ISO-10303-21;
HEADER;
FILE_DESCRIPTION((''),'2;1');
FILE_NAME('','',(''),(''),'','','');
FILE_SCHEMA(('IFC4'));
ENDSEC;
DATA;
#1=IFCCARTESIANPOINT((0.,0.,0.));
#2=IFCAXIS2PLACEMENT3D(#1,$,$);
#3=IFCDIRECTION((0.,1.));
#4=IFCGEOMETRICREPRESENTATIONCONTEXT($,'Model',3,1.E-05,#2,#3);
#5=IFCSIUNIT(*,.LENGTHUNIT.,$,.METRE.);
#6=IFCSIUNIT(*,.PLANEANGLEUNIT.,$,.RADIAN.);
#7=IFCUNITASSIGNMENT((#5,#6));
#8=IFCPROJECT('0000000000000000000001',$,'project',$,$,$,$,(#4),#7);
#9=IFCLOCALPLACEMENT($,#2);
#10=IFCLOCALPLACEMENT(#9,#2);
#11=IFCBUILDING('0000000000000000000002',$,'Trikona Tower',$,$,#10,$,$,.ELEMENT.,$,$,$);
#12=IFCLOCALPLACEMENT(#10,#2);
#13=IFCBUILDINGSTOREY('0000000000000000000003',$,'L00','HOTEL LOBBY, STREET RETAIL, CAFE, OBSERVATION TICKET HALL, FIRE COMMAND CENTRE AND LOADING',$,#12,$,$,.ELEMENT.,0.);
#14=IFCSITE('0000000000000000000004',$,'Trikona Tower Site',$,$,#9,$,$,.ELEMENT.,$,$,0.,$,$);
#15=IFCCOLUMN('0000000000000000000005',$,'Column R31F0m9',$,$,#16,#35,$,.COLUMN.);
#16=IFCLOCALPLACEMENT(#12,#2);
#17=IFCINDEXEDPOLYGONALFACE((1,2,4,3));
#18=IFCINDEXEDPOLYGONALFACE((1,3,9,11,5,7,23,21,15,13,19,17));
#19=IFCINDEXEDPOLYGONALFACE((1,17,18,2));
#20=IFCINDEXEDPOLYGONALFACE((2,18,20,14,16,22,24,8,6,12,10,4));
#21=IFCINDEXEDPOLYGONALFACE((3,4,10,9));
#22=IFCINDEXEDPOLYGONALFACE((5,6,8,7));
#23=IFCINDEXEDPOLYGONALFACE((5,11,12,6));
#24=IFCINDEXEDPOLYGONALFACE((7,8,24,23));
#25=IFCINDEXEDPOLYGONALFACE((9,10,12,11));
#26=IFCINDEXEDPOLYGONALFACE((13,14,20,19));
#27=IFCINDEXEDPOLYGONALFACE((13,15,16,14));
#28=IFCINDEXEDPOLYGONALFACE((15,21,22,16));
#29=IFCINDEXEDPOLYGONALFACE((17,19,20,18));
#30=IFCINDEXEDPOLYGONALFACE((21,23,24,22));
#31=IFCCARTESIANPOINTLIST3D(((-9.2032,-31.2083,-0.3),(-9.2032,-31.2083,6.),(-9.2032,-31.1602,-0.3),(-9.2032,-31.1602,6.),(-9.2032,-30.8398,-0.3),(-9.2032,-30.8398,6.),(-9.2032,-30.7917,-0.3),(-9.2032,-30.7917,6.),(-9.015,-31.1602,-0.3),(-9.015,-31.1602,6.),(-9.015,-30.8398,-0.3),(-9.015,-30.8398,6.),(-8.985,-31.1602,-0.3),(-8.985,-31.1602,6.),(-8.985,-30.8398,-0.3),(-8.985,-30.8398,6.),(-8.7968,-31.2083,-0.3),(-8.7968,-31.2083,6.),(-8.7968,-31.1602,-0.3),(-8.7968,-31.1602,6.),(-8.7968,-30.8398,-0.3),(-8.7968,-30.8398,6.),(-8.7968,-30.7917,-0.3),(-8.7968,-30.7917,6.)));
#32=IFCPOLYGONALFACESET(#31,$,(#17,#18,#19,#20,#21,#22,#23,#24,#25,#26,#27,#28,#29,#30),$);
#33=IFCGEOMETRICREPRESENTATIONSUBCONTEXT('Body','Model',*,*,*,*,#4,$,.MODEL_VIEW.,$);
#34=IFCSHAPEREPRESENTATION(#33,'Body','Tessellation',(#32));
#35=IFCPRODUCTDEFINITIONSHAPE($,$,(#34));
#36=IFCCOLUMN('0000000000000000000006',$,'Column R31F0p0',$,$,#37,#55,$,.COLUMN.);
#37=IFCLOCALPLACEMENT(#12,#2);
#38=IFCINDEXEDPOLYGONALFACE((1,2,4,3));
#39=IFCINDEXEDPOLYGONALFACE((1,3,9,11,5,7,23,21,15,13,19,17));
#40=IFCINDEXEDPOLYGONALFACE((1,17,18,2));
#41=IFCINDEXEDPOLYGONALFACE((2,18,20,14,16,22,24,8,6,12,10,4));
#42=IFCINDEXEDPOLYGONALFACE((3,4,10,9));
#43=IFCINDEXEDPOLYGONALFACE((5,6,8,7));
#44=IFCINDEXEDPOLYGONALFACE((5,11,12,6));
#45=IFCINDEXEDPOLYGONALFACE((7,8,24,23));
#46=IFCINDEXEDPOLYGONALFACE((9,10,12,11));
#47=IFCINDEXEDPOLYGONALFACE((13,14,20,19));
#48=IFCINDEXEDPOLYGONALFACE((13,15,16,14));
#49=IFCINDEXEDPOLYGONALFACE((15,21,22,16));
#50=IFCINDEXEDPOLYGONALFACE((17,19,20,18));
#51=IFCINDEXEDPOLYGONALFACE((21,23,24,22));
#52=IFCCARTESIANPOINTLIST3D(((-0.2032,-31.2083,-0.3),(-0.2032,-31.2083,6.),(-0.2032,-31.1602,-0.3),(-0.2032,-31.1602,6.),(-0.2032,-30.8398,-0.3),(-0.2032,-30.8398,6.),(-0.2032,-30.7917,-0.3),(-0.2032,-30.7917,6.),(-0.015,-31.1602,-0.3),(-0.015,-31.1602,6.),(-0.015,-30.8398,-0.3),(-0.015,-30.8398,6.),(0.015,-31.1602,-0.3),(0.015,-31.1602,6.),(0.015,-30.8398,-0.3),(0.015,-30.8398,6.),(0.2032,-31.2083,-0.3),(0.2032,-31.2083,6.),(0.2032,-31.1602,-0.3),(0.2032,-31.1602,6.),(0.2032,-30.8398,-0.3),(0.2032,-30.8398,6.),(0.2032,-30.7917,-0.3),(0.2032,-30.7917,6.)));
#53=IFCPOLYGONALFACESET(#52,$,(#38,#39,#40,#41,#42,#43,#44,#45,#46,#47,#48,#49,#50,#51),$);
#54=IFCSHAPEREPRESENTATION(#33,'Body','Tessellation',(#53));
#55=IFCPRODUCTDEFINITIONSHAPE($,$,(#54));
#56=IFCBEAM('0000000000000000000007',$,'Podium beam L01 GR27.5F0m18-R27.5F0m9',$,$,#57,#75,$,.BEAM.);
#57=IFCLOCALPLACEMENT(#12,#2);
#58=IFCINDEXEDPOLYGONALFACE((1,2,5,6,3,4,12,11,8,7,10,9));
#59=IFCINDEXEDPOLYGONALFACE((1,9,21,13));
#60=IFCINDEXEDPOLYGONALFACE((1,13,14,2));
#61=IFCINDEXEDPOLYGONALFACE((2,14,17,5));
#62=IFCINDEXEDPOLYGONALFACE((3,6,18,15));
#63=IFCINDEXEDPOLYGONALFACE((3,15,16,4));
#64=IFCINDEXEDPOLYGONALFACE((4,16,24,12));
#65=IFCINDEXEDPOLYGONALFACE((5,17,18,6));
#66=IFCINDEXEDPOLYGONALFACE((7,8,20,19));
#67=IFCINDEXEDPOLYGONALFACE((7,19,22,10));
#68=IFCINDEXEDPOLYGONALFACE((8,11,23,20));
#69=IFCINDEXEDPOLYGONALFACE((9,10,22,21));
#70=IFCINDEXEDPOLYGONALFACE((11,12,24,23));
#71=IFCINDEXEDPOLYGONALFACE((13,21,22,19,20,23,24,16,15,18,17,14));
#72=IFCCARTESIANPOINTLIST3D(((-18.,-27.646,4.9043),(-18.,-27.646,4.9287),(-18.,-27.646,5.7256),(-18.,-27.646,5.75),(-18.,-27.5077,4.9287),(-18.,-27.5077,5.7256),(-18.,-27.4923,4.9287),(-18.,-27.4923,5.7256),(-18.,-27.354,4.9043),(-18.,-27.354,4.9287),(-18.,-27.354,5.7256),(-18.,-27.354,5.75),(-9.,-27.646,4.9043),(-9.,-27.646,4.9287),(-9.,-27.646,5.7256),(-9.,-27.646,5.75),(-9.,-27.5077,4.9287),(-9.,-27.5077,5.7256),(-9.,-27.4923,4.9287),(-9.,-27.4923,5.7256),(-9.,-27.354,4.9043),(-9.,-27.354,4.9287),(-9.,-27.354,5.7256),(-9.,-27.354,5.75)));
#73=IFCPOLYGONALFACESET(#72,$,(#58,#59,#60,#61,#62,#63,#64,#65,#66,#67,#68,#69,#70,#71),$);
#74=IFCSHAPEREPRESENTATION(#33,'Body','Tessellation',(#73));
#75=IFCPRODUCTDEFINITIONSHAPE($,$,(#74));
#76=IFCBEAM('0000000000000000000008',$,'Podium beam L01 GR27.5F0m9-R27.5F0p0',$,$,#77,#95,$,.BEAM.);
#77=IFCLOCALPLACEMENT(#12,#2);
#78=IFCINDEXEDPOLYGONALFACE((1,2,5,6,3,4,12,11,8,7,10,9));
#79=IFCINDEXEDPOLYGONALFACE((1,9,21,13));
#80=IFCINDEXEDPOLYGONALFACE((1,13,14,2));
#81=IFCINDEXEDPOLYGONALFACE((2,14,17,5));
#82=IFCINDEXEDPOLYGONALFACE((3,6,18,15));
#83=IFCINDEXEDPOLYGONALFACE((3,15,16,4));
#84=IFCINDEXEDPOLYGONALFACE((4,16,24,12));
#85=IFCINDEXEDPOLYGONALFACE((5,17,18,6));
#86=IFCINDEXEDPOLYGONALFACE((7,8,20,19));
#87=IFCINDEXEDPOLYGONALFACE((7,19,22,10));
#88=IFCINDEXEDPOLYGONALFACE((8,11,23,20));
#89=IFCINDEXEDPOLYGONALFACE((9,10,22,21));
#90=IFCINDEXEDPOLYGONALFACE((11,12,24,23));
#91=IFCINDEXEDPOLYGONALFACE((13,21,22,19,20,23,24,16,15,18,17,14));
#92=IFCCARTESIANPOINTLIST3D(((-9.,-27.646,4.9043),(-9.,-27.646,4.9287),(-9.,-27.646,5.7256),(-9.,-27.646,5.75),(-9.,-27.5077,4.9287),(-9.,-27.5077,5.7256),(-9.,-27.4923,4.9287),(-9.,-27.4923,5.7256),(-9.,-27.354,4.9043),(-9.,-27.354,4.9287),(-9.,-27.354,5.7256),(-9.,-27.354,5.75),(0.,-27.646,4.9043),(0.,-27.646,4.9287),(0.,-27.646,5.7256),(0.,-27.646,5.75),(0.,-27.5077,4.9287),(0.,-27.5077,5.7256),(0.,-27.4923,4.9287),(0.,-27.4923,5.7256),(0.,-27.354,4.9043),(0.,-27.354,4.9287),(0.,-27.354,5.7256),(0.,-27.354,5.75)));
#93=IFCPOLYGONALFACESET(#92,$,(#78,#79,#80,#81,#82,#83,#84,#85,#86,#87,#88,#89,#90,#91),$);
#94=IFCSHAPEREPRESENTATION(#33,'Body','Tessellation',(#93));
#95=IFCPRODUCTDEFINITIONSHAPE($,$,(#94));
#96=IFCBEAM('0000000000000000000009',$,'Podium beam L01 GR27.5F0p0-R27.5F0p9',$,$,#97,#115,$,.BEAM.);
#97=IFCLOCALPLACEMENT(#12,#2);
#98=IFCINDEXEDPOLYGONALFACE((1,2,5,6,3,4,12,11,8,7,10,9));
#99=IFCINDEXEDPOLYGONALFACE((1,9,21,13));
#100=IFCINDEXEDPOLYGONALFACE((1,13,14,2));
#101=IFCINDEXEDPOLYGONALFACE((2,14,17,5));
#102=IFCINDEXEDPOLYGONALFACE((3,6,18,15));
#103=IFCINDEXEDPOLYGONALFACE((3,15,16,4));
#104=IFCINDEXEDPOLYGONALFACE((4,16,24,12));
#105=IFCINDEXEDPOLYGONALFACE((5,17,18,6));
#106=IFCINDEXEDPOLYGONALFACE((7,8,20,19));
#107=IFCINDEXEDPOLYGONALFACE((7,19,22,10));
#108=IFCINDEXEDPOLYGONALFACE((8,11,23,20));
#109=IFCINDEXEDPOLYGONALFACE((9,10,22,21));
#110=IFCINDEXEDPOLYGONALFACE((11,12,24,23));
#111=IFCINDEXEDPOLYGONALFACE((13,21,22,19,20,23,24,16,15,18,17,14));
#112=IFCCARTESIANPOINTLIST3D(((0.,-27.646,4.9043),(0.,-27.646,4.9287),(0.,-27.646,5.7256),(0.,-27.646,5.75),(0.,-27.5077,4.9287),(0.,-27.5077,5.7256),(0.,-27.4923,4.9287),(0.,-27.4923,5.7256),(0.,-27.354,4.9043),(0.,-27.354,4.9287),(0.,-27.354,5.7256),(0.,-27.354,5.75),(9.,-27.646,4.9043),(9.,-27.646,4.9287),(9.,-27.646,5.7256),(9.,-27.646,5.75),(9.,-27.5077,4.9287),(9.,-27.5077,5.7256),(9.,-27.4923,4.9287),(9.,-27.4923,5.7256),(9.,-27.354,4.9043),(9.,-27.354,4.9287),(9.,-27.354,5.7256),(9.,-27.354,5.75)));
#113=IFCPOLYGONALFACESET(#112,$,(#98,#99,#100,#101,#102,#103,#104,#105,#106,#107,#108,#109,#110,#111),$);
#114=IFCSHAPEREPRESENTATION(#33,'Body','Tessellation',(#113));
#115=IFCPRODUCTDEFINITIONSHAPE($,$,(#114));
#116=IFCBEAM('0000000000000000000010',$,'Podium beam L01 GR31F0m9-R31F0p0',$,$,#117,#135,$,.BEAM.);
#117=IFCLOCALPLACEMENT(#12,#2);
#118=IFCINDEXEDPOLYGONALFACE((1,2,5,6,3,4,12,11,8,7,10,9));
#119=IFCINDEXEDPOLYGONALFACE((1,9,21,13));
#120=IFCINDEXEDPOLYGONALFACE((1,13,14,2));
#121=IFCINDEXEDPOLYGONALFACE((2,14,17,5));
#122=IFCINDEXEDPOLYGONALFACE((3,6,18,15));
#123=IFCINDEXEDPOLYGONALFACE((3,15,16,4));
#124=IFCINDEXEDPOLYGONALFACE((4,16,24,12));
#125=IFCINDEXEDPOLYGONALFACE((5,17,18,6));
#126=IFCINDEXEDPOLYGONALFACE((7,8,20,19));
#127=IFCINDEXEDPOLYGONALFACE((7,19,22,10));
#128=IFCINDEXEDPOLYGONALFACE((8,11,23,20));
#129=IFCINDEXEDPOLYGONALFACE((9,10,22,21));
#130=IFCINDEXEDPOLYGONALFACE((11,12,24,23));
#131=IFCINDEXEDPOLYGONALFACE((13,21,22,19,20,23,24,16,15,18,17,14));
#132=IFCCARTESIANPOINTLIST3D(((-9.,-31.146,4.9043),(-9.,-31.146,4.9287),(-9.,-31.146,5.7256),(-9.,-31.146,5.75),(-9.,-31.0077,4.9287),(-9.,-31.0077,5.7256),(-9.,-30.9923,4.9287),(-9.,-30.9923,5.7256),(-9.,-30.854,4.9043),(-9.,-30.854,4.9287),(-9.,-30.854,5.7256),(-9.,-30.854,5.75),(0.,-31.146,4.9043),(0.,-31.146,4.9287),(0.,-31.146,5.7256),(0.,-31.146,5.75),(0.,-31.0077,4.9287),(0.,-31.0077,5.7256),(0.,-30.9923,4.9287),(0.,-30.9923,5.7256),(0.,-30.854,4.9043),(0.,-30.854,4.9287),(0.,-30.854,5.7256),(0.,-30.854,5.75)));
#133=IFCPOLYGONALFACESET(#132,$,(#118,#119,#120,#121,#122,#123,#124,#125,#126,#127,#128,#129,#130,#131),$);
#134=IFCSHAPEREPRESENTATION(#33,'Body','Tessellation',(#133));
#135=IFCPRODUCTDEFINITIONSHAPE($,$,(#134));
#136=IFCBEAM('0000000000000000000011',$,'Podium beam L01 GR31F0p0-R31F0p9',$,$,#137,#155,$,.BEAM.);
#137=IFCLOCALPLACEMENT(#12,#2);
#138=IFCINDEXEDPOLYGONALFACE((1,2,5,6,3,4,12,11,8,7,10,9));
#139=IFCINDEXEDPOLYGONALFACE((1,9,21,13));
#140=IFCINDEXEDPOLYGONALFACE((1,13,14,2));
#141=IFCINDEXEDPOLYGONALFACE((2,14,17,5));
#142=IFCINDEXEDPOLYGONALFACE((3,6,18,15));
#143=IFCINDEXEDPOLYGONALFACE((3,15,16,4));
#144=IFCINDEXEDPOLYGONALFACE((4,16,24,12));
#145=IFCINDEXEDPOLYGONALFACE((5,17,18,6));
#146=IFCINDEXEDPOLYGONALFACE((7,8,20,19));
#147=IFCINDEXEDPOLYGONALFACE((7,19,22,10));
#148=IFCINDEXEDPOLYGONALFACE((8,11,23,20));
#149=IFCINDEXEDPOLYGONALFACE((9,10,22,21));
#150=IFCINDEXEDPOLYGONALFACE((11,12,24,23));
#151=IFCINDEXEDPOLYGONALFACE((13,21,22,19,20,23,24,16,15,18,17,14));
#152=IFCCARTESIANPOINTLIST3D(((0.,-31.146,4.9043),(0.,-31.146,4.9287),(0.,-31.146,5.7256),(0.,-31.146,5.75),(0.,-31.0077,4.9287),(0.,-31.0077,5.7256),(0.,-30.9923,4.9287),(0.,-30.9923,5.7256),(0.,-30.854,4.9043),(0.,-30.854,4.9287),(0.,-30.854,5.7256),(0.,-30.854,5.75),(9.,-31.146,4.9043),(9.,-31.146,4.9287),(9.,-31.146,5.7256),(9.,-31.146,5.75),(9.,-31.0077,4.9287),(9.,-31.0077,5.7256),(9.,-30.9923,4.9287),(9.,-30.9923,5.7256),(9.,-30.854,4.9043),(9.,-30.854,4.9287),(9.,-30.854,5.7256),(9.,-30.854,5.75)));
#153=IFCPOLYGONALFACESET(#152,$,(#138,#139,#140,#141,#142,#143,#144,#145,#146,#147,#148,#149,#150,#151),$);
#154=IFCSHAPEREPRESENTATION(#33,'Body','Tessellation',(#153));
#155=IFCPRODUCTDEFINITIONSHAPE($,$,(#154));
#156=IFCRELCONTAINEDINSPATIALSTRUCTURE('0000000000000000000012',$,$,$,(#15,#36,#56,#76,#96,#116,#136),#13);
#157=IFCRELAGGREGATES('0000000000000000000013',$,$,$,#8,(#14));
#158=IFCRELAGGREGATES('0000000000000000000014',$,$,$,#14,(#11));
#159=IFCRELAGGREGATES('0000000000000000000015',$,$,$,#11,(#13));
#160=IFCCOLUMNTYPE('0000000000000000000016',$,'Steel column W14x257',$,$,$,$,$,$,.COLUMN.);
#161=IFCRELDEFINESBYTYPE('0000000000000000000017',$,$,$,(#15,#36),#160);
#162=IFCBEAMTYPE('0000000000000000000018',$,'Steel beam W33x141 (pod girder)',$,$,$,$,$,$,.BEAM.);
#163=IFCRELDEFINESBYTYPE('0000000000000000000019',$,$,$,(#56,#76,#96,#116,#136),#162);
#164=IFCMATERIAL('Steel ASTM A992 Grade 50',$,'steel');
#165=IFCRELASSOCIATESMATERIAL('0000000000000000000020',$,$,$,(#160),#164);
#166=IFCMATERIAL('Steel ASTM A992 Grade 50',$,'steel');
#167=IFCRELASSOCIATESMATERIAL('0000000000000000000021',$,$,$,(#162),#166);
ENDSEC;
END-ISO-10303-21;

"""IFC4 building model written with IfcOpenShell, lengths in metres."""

from ifc_helpers import new_model, si_unit, direction, frame, origin, origin_2d, place, context, subcontext, project, spatial, i_section, extrude, material, material_profile, profile_set, type_object, element, save


model = new_model("IFC4")

# Units and contexts
model_context = context("Model", 3, precision=1e-05, world=origin(), true_north=direction((0.0, 1.0)))
body_context = subcontext(model_context, "Body", "Model", "MODEL_VIEW")
ifc_project = project(units=[si_unit("LENGTHUNIT", "METRE"), si_unit("PLANEANGLEUNIT", "RADIAN")], contexts=[model_context])

# Site, building, storey
site_placement = place(None, origin())
site = spatial("IfcSite", under=ifc_project, at=site_placement, Name="Trikona Tower Site", CompositionType="ELEMENT", RefElevation=0.0)
building_placement = place(site_placement, origin())
building = spatial("IfcBuilding", under=site, at=building_placement, Name="Trikona Tower", CompositionType="ELEMENT")
storey_placement = place(building_placement, origin())
storey = spatial("IfcBuildingStorey", under=building, at=storey_placement, Name="L00", Description="HOTEL LOBBY, STREET RETAIL, CAFE, OBSERVATION TICKET HALL, FIRE COMMAND CENTRE AND LOADING", CompositionType="ELEMENT", Elevation=0.0)

# Columns
ifc_material_1 = material(Name="Steel ASTM A992 Grade 50", Category="steel")
ifc_material_profile_1 = material_profile(ifc_material_1, i_section(OverallWidth=0.4065, OverallDepth=0.4165, WebThickness=0.03, FlangeThickness=0.0481, at=origin_2d()), Name="W14X257")
ifc_profile_set_1 = profile_set([ifc_material_profile_1], Name="Steel ASTM A992 Grade 50")
column_type = type_object("IfcColumnType", Name="Steel column W14x257", PredefinedType="COLUMN", material=ifc_profile_set_1)
for number, where, z_axis, x_axis, name in (
    (1, (-9.0, -31.0, -0.3), (0.0, 0.0, 1.0), (1.0, 0.0, 0.0), "Column R31F0m9"),
    (2, (0.0, -31.0, -0.3), (0.0, 0.0, 1.0), (1.0, 0.0, 0.0), "Column R31F0p0"),
):
    element("IfcColumn", number, at=place(storey_placement, frame(where, z_axis=z_axis, x_axis=x_axis)), inside=storey, type_object=column_type, Name=name, PredefinedType="COLUMN", context=body_context, shape_type="SweptSolid", body=[
        extrude(i_section(OverallWidth=0.4065, OverallDepth=0.4165, WebThickness=0.03, FlangeThickness=0.0481, at=origin_2d()), origin(), (0.0, 0.0, 1.0), 6.3),
    ])

# Beams
ifc_material_2 = material(Name="Steel ASTM A992 Grade 50", Category="steel")
ifc_material_profile_2 = material_profile(ifc_material_2, i_section(OverallWidth=0.292, OverallDepth=0.8457, WebThickness=0.0154, FlangeThickness=0.0244, at=origin_2d()), Name="W33X141")
ifc_profile_set_2 = profile_set([ifc_material_profile_2], Name="Steel ASTM A992 Grade 50")
beam_type = type_object("IfcBeamType", Name="Steel beam W33x141 (pod girder)", PredefinedType="BEAM", material=ifc_profile_set_2)
for number, where, z_axis, x_axis, name in (
    (3, (-18.0, -27.5, 5.3271), (1.0, 0.0, 0.0), (0.0, 1.0, 0.0), "Podium beam L01 GR27.5F0m18-R27.5F0m9"),
    (4, (-9.0, -27.5, 5.3271), (1.0, 0.0, 0.0), (0.0, 1.0, 0.0), "Podium beam L01 GR27.5F0m9-R27.5F0p0"),
    (5, (0.0, -27.5, 5.3271), (1.0, 0.0, 0.0), (0.0, 1.0, 0.0), "Podium beam L01 GR27.5F0p0-R27.5F0p9"),
    (6, (-9.0, -31.0, 5.3271), (1.0, 0.0, 0.0), (0.0, 1.0, 0.0), "Podium beam L01 GR31F0m9-R31F0p0"),
    (7, (0.0, -31.0, 5.3271), (1.0, 0.0, 0.0), (0.0, 1.0, 0.0), "Podium beam L01 GR31F0p0-R31F0p9"),
):
    element("IfcBeam", number, at=place(storey_placement, frame(where, z_axis=z_axis, x_axis=x_axis)), inside=storey, type_object=beam_type, Name=name, PredefinedType="BEAM", context=body_context, shape_type="SweptSolid", body=[
        extrude(i_section(OverallWidth=0.292, OverallDepth=0.8457, WebThickness=0.0154, FlangeThickness=0.0244, at=origin_2d()), origin(), (0.0, 0.0, 1.0), 9.0),
    ])

save(model, "model.ifc")
